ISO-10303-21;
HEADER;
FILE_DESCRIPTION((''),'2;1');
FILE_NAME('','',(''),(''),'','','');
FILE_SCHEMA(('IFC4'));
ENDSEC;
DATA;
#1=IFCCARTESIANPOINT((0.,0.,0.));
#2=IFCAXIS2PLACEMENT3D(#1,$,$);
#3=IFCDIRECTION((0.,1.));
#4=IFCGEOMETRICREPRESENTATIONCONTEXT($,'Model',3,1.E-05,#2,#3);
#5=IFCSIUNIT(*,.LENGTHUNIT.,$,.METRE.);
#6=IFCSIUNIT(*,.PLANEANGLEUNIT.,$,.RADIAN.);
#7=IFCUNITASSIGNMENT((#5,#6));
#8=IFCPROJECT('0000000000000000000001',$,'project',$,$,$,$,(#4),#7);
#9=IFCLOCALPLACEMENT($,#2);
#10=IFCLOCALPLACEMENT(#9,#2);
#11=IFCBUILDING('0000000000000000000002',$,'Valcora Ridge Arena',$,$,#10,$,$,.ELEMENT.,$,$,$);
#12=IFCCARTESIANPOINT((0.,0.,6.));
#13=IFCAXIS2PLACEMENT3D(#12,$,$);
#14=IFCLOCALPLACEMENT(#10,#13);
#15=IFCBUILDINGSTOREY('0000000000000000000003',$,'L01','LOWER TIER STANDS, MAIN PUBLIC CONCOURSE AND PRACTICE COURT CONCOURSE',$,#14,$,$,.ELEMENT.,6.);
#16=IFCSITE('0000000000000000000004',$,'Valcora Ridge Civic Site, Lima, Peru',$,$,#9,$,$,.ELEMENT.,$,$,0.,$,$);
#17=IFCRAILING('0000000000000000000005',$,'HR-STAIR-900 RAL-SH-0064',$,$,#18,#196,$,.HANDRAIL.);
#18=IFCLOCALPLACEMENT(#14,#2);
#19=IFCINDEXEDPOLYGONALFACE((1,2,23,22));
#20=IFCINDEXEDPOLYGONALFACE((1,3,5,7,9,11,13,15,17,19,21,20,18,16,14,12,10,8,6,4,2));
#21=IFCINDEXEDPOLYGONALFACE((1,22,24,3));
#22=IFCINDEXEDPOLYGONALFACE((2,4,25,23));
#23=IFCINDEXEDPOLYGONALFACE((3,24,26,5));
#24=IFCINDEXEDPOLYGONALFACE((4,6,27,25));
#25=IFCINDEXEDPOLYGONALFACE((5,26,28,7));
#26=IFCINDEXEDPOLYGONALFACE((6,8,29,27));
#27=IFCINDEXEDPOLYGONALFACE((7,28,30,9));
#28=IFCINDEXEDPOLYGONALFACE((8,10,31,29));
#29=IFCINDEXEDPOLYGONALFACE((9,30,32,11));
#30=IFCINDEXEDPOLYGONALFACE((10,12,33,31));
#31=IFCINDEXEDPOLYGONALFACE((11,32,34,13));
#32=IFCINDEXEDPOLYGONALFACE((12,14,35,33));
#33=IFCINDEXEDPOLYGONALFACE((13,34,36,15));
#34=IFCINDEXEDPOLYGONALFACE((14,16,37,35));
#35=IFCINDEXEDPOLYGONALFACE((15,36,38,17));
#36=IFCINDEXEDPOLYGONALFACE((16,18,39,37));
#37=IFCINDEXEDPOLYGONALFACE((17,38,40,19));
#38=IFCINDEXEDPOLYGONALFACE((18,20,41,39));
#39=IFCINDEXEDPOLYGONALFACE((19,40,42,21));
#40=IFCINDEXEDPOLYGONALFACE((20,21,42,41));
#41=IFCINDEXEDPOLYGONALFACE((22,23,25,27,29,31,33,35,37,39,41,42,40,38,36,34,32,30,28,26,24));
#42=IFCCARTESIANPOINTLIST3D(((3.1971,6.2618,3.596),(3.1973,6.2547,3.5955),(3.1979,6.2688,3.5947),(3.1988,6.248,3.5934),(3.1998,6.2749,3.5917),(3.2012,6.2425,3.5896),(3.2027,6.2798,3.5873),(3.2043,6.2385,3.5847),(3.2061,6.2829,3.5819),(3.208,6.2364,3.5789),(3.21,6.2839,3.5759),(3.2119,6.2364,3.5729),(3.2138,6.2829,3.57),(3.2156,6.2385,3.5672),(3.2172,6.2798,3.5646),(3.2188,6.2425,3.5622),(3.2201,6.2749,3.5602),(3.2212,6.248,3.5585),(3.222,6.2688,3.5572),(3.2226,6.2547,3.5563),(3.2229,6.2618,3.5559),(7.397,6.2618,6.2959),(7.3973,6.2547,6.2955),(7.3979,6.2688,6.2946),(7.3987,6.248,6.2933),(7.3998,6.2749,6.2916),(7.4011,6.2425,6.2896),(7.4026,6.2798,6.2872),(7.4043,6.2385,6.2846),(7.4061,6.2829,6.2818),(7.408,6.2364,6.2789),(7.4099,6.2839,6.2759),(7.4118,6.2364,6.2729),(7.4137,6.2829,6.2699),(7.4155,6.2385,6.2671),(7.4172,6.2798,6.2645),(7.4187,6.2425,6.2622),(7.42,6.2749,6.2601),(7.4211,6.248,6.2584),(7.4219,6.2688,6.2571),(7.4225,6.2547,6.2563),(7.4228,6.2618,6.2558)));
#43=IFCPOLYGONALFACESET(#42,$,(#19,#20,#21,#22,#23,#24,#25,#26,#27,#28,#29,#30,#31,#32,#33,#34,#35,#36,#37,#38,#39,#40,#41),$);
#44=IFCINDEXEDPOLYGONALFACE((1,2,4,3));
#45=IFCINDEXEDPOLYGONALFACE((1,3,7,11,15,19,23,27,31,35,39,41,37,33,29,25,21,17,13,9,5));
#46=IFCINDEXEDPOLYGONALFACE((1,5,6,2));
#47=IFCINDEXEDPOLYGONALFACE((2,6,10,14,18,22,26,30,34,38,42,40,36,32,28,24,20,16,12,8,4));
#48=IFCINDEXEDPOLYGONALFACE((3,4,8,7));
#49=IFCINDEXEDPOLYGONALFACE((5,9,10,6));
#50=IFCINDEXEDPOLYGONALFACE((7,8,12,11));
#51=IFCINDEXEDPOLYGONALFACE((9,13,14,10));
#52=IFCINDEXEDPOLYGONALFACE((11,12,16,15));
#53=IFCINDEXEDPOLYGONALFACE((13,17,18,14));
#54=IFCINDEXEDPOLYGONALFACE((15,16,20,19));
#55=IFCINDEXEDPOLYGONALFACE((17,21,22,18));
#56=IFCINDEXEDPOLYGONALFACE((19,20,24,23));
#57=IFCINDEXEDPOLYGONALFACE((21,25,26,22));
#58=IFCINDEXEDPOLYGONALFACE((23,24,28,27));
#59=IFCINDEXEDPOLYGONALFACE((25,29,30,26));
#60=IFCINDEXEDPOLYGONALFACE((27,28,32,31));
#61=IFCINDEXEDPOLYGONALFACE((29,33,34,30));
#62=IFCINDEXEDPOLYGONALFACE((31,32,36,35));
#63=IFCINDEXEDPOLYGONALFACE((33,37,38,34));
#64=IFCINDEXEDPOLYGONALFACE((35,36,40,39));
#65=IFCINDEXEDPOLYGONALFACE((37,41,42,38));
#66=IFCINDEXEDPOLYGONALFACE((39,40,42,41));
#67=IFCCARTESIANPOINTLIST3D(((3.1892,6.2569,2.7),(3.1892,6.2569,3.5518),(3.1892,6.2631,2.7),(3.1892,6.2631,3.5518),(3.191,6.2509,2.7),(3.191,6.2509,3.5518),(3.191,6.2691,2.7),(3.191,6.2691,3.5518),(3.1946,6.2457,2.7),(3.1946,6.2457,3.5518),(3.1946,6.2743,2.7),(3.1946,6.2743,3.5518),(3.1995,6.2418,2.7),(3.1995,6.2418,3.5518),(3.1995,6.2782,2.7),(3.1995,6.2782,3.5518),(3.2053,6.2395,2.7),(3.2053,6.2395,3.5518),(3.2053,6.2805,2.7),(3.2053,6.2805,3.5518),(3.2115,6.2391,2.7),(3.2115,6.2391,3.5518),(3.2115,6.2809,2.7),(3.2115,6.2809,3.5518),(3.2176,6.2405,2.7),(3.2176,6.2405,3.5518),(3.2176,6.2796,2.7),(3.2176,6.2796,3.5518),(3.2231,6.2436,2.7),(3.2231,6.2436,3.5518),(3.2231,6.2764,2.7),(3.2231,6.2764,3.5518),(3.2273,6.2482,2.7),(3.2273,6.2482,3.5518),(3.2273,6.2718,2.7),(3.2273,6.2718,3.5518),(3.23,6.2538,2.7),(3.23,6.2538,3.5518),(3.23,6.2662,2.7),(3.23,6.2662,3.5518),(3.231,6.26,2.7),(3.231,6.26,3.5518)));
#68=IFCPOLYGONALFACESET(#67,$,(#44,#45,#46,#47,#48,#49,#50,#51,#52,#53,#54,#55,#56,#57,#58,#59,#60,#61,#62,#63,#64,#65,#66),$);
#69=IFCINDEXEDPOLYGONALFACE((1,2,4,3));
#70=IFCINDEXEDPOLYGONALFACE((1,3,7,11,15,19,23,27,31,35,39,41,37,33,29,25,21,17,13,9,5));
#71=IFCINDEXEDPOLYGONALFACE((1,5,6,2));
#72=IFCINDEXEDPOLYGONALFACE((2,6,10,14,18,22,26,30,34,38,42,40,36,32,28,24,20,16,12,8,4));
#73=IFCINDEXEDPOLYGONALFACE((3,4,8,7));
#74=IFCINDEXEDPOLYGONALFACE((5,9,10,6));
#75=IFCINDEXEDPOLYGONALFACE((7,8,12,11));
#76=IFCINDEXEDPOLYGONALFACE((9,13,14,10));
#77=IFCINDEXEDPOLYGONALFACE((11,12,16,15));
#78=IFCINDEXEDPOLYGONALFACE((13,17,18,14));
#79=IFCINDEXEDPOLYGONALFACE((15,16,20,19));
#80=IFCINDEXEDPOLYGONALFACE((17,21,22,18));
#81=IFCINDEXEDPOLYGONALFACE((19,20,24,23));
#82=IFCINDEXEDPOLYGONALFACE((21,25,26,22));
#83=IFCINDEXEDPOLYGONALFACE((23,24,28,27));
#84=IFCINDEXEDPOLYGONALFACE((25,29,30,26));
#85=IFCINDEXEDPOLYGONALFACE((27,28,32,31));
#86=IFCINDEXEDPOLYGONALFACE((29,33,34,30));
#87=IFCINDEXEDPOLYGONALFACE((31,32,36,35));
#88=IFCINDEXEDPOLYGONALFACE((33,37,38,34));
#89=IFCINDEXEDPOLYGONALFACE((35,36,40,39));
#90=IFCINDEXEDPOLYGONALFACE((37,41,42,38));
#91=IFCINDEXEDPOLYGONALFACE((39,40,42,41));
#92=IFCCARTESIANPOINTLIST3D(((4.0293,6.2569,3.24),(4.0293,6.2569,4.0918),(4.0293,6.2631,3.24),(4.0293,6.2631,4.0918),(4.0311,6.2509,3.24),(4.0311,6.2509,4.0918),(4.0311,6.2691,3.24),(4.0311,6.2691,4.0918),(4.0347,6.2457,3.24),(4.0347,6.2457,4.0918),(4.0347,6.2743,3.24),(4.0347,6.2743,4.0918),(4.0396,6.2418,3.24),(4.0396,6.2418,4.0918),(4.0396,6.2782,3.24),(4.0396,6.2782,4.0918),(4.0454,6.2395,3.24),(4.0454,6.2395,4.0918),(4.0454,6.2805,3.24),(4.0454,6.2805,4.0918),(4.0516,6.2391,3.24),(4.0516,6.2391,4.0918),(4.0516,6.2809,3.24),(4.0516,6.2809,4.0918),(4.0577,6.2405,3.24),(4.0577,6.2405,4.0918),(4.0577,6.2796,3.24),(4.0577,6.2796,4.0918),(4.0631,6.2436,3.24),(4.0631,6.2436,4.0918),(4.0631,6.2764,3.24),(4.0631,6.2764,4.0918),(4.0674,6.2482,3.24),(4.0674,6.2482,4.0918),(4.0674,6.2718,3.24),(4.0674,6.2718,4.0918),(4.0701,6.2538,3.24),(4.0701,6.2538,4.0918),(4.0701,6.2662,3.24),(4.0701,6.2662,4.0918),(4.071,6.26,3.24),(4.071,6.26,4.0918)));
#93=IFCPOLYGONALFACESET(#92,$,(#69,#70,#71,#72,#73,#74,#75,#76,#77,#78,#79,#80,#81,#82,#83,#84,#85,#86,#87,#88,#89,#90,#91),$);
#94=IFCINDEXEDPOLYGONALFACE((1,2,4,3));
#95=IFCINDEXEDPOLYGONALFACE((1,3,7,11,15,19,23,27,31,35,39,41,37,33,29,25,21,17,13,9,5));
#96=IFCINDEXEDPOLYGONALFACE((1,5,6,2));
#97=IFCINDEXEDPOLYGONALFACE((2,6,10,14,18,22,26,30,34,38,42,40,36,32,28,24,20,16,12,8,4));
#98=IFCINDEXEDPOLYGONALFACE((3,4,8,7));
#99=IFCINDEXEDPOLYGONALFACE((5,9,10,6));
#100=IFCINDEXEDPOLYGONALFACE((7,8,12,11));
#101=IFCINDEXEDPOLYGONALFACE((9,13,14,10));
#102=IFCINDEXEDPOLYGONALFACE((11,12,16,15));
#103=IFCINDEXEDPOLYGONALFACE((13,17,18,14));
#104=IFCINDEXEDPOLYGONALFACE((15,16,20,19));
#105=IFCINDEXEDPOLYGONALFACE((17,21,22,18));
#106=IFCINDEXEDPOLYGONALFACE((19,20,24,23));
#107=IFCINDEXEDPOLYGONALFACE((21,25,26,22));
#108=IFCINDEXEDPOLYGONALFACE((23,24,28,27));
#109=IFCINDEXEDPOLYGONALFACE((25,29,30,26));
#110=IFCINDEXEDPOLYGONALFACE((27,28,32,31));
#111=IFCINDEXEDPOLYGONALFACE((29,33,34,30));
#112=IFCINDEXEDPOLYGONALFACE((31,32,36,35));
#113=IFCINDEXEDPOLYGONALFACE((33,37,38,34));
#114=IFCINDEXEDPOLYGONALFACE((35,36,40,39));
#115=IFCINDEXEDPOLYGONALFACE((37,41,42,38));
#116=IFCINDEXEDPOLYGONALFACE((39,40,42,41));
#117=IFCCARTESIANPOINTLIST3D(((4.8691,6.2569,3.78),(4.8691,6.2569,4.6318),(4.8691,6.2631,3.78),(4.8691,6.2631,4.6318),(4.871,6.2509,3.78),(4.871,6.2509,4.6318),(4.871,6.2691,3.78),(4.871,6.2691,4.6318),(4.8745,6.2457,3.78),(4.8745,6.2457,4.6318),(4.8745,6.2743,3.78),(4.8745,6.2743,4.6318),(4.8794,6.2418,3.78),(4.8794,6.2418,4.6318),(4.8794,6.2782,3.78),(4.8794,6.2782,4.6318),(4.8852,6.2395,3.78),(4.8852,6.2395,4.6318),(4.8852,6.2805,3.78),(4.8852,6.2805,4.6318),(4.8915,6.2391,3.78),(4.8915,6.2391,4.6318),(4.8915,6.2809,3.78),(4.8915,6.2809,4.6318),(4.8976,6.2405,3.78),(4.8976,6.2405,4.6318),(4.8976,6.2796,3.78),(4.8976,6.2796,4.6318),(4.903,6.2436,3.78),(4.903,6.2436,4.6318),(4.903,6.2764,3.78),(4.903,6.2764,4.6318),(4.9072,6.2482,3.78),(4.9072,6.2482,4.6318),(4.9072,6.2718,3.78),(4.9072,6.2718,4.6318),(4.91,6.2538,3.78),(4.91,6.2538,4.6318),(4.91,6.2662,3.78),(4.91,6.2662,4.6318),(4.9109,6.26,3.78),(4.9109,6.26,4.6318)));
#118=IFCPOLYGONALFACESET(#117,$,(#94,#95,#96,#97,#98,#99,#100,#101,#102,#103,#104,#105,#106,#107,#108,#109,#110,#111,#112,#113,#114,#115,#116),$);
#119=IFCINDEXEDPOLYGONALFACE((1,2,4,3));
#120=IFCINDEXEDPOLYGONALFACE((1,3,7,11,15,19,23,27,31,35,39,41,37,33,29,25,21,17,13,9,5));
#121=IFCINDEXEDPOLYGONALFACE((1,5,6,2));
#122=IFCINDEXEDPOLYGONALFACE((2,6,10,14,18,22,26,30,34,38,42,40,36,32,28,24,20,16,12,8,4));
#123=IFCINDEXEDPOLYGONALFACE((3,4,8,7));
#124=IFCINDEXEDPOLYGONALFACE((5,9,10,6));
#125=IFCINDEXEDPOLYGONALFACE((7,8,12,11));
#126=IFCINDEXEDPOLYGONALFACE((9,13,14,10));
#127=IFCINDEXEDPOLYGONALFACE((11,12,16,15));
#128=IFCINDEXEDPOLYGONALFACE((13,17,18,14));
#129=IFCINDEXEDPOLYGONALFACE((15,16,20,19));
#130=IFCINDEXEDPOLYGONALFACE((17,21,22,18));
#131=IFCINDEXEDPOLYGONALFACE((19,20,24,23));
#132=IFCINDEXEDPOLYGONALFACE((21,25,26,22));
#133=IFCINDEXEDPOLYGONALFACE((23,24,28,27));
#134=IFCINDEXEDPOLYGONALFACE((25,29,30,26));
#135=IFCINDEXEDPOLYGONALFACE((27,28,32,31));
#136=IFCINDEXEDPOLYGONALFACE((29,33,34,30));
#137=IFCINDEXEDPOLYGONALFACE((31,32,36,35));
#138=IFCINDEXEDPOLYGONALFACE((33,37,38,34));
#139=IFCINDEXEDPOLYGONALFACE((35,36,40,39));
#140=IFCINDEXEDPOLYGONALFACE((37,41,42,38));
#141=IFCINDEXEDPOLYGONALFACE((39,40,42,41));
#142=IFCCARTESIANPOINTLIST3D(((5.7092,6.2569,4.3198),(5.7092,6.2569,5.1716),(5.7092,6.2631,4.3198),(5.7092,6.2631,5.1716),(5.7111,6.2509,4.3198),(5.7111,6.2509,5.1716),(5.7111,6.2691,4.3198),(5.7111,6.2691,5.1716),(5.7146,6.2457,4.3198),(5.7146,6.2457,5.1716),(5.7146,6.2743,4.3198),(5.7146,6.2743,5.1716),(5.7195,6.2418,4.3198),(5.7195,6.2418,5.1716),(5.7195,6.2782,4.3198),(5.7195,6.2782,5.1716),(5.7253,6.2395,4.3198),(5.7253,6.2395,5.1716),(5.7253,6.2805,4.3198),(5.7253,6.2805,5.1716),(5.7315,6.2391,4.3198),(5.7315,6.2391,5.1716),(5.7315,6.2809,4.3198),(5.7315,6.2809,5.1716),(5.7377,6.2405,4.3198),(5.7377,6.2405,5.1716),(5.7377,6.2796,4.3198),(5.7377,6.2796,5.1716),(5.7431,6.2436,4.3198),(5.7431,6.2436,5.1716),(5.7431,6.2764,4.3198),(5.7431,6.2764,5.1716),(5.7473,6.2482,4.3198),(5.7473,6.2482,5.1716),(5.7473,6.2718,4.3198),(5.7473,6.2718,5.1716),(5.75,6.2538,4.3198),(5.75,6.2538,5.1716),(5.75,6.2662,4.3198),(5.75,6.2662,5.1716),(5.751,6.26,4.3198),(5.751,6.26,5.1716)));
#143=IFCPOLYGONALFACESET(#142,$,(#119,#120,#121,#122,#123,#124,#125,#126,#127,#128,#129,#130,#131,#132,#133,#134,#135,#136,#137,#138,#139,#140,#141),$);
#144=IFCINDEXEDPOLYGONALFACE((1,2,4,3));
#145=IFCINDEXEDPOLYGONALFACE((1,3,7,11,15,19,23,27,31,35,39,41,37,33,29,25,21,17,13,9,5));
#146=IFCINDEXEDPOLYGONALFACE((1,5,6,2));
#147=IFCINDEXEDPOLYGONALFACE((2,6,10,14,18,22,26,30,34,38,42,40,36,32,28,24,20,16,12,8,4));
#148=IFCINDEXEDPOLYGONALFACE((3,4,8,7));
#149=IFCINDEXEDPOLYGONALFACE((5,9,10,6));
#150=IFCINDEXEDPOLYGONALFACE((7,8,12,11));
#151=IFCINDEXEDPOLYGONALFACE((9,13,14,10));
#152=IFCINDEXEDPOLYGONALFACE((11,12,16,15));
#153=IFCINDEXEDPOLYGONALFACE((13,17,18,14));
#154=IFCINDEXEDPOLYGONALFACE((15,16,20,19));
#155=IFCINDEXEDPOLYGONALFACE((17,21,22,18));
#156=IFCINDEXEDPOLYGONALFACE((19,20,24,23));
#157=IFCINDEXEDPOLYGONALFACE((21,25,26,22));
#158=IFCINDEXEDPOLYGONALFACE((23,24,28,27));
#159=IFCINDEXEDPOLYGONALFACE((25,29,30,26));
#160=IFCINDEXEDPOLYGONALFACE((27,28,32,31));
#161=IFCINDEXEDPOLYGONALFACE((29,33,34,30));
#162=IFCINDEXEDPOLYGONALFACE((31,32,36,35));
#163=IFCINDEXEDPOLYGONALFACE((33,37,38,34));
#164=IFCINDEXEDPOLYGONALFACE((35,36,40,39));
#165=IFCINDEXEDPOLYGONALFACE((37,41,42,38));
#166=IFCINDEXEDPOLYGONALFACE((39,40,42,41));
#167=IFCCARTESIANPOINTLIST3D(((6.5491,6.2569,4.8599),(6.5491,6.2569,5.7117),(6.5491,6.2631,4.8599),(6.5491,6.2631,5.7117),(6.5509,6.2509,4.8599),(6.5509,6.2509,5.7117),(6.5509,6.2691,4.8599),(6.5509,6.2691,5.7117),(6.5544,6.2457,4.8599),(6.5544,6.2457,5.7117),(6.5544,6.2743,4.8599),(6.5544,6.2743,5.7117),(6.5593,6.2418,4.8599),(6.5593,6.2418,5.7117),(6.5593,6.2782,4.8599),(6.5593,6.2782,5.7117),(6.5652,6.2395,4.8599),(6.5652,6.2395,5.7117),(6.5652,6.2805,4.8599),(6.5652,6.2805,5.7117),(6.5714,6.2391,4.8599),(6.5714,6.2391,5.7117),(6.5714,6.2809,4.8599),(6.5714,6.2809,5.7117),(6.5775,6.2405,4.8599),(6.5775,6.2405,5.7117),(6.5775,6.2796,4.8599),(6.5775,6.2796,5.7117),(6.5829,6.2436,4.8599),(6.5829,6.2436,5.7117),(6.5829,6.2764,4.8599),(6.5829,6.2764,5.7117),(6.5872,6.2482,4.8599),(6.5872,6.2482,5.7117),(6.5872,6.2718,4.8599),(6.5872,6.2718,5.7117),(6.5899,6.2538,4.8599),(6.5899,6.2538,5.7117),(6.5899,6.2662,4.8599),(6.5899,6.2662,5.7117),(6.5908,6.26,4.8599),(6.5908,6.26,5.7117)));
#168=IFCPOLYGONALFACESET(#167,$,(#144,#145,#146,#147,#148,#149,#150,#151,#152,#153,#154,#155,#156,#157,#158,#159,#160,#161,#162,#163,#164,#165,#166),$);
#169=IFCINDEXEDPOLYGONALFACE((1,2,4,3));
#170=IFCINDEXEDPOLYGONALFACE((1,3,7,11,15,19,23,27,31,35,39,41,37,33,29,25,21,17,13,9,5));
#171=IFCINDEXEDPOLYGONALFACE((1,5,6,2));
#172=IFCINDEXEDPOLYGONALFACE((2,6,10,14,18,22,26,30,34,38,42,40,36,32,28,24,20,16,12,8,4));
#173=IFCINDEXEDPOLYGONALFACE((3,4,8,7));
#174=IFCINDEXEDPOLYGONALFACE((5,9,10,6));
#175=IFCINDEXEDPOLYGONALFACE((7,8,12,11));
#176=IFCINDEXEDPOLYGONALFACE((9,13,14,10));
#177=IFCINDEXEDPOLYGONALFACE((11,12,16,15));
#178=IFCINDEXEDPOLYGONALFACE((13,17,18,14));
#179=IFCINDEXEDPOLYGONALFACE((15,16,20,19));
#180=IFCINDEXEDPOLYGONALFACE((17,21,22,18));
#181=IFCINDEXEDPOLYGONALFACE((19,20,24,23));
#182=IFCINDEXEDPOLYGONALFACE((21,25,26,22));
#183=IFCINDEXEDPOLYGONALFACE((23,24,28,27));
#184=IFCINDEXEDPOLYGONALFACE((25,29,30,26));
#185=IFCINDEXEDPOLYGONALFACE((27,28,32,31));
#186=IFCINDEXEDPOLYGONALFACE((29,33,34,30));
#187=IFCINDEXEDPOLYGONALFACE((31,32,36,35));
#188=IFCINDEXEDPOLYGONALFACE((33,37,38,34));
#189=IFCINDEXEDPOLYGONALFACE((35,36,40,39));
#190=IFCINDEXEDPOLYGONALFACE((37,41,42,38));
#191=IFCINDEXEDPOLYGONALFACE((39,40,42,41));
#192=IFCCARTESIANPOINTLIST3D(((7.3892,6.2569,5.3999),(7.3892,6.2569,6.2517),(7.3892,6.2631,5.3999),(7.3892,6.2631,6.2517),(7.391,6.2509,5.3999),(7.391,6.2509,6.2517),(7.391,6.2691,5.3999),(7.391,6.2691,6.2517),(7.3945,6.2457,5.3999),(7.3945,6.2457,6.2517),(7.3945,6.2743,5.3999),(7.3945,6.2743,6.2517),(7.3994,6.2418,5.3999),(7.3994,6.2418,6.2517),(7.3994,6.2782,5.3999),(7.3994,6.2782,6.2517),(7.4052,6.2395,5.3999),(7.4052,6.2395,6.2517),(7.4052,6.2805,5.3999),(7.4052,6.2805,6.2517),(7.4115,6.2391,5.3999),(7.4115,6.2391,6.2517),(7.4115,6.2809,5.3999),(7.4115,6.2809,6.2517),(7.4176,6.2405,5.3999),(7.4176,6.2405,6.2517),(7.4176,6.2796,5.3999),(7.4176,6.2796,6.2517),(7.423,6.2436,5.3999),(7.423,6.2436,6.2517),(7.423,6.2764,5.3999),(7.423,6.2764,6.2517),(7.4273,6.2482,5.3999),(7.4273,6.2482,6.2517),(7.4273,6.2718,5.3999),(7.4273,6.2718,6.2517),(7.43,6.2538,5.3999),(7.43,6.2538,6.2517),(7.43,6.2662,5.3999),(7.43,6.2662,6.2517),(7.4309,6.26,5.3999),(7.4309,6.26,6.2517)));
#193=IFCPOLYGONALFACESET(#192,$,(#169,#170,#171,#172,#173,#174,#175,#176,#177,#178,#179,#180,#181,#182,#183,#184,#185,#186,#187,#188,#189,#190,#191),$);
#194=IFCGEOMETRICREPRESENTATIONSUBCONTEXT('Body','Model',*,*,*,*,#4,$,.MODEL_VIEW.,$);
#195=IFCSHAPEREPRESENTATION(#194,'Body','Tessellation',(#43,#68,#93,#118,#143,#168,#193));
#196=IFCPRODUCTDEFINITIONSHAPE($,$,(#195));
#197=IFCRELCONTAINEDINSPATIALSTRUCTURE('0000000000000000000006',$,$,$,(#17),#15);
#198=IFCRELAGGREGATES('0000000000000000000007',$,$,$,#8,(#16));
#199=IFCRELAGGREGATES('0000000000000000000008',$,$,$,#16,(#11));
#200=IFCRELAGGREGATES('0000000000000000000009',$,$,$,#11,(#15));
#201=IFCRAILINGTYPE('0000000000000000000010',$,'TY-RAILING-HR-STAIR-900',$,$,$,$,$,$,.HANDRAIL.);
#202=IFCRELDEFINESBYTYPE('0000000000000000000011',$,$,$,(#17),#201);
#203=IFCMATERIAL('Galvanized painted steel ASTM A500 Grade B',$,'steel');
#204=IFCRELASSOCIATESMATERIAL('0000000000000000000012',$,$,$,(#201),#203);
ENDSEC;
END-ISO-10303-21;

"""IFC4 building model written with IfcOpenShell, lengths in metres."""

from ifc_helpers import new_model, si_unit, direction, frame, origin, origin_2d, place, context, subcontext, project, spatial, circle, extrude, material, type_object, element, save


model = new_model("IFC4")

# Units and contexts
model_context = context("Model", 3, precision=1e-05, world=origin(), true_north=direction((0.0, 1.0)))
body_context = subcontext(model_context, "Body", "Model", "MODEL_VIEW")
ifc_project = project(units=[si_unit("LENGTHUNIT", "METRE"), si_unit("PLANEANGLEUNIT", "RADIAN")], contexts=[model_context])

# Site, building, storey
site_placement = place(None, origin())
site = spatial("IfcSite", under=ifc_project, at=site_placement, Name="Valcora Ridge Civic Site, Lima, Peru", CompositionType="ELEMENT", RefElevation=0.0)
building_placement = place(site_placement, origin())
building = spatial("IfcBuilding", under=site, at=building_placement, Name="Valcora Ridge Arena", CompositionType="ELEMENT")
storey_placement = place(building_placement, frame((0.0, 0.0, 6.0)))
storey = spatial("IfcBuildingStorey", under=building, at=storey_placement, Name="L01", Description="LOWER TIER STANDS, MAIN PUBLIC CONCOURSE AND PRACTICE COURT CONCOURSE", CompositionType="ELEMENT", Elevation=6.0)

# Railing
ifc_material_1 = material(Name="Galvanized painted steel ASTM A500 Grade B", Category="steel")
railing_type = type_object("IfcRailingType", Name="TY-RAILING-HR-STAIR-900", PredefinedType="HANDRAIL", material=ifc_material_1)
railing_placement = place(storey_placement, frame((3.21, 6.26, 2.7)))
element("IfcRailing", 1, at=railing_placement, inside=storey, type_object=railing_type, Name="HR-STAIR-900 RAL-SH-0064", PredefinedType="HANDRAIL", context=body_context, shape_type="SweptSolid", body=[
    extrude(circle(Radius=0.0239, at=origin_2d()), frame((0.0, 0.0, 0.876), z_axis=(0.84118, 0.0, 0.540755), x_axis=(0.0, 1.0, 0.0)), (0.0, 0.0, 1.0), 4.9929),
    extrude(circle(Radius=0.021, at=origin_2d()), origin(), (0.0, 0.0, 1.0), 0.8518),
    extrude(circle(Radius=0.021, at=origin_2d()), frame((0.8401, 0.0, 0.54)), (0.0, 0.0, 1.0), 0.8518),
    extrude(circle(Radius=0.021, at=origin_2d()), frame((1.6799, 0.0, 1.0801)), (0.0, 0.0, 1.0), 0.8518),
    extrude(circle(Radius=0.021, at=origin_2d()), frame((2.52, 0.0, 1.6199)), (0.0, 0.0, 1.0), 0.8518),
    extrude(circle(Radius=0.021, at=origin_2d()), frame((3.3599, 0.0, 2.1599)), (0.0, 0.0, 1.0), 0.8518),
    extrude(circle(Radius=0.021, at=origin_2d()), frame((4.2, 0.0, 2.7)), (0.0, 0.0, 1.0), 0.8518),
])

save(model, "model.ifc")
